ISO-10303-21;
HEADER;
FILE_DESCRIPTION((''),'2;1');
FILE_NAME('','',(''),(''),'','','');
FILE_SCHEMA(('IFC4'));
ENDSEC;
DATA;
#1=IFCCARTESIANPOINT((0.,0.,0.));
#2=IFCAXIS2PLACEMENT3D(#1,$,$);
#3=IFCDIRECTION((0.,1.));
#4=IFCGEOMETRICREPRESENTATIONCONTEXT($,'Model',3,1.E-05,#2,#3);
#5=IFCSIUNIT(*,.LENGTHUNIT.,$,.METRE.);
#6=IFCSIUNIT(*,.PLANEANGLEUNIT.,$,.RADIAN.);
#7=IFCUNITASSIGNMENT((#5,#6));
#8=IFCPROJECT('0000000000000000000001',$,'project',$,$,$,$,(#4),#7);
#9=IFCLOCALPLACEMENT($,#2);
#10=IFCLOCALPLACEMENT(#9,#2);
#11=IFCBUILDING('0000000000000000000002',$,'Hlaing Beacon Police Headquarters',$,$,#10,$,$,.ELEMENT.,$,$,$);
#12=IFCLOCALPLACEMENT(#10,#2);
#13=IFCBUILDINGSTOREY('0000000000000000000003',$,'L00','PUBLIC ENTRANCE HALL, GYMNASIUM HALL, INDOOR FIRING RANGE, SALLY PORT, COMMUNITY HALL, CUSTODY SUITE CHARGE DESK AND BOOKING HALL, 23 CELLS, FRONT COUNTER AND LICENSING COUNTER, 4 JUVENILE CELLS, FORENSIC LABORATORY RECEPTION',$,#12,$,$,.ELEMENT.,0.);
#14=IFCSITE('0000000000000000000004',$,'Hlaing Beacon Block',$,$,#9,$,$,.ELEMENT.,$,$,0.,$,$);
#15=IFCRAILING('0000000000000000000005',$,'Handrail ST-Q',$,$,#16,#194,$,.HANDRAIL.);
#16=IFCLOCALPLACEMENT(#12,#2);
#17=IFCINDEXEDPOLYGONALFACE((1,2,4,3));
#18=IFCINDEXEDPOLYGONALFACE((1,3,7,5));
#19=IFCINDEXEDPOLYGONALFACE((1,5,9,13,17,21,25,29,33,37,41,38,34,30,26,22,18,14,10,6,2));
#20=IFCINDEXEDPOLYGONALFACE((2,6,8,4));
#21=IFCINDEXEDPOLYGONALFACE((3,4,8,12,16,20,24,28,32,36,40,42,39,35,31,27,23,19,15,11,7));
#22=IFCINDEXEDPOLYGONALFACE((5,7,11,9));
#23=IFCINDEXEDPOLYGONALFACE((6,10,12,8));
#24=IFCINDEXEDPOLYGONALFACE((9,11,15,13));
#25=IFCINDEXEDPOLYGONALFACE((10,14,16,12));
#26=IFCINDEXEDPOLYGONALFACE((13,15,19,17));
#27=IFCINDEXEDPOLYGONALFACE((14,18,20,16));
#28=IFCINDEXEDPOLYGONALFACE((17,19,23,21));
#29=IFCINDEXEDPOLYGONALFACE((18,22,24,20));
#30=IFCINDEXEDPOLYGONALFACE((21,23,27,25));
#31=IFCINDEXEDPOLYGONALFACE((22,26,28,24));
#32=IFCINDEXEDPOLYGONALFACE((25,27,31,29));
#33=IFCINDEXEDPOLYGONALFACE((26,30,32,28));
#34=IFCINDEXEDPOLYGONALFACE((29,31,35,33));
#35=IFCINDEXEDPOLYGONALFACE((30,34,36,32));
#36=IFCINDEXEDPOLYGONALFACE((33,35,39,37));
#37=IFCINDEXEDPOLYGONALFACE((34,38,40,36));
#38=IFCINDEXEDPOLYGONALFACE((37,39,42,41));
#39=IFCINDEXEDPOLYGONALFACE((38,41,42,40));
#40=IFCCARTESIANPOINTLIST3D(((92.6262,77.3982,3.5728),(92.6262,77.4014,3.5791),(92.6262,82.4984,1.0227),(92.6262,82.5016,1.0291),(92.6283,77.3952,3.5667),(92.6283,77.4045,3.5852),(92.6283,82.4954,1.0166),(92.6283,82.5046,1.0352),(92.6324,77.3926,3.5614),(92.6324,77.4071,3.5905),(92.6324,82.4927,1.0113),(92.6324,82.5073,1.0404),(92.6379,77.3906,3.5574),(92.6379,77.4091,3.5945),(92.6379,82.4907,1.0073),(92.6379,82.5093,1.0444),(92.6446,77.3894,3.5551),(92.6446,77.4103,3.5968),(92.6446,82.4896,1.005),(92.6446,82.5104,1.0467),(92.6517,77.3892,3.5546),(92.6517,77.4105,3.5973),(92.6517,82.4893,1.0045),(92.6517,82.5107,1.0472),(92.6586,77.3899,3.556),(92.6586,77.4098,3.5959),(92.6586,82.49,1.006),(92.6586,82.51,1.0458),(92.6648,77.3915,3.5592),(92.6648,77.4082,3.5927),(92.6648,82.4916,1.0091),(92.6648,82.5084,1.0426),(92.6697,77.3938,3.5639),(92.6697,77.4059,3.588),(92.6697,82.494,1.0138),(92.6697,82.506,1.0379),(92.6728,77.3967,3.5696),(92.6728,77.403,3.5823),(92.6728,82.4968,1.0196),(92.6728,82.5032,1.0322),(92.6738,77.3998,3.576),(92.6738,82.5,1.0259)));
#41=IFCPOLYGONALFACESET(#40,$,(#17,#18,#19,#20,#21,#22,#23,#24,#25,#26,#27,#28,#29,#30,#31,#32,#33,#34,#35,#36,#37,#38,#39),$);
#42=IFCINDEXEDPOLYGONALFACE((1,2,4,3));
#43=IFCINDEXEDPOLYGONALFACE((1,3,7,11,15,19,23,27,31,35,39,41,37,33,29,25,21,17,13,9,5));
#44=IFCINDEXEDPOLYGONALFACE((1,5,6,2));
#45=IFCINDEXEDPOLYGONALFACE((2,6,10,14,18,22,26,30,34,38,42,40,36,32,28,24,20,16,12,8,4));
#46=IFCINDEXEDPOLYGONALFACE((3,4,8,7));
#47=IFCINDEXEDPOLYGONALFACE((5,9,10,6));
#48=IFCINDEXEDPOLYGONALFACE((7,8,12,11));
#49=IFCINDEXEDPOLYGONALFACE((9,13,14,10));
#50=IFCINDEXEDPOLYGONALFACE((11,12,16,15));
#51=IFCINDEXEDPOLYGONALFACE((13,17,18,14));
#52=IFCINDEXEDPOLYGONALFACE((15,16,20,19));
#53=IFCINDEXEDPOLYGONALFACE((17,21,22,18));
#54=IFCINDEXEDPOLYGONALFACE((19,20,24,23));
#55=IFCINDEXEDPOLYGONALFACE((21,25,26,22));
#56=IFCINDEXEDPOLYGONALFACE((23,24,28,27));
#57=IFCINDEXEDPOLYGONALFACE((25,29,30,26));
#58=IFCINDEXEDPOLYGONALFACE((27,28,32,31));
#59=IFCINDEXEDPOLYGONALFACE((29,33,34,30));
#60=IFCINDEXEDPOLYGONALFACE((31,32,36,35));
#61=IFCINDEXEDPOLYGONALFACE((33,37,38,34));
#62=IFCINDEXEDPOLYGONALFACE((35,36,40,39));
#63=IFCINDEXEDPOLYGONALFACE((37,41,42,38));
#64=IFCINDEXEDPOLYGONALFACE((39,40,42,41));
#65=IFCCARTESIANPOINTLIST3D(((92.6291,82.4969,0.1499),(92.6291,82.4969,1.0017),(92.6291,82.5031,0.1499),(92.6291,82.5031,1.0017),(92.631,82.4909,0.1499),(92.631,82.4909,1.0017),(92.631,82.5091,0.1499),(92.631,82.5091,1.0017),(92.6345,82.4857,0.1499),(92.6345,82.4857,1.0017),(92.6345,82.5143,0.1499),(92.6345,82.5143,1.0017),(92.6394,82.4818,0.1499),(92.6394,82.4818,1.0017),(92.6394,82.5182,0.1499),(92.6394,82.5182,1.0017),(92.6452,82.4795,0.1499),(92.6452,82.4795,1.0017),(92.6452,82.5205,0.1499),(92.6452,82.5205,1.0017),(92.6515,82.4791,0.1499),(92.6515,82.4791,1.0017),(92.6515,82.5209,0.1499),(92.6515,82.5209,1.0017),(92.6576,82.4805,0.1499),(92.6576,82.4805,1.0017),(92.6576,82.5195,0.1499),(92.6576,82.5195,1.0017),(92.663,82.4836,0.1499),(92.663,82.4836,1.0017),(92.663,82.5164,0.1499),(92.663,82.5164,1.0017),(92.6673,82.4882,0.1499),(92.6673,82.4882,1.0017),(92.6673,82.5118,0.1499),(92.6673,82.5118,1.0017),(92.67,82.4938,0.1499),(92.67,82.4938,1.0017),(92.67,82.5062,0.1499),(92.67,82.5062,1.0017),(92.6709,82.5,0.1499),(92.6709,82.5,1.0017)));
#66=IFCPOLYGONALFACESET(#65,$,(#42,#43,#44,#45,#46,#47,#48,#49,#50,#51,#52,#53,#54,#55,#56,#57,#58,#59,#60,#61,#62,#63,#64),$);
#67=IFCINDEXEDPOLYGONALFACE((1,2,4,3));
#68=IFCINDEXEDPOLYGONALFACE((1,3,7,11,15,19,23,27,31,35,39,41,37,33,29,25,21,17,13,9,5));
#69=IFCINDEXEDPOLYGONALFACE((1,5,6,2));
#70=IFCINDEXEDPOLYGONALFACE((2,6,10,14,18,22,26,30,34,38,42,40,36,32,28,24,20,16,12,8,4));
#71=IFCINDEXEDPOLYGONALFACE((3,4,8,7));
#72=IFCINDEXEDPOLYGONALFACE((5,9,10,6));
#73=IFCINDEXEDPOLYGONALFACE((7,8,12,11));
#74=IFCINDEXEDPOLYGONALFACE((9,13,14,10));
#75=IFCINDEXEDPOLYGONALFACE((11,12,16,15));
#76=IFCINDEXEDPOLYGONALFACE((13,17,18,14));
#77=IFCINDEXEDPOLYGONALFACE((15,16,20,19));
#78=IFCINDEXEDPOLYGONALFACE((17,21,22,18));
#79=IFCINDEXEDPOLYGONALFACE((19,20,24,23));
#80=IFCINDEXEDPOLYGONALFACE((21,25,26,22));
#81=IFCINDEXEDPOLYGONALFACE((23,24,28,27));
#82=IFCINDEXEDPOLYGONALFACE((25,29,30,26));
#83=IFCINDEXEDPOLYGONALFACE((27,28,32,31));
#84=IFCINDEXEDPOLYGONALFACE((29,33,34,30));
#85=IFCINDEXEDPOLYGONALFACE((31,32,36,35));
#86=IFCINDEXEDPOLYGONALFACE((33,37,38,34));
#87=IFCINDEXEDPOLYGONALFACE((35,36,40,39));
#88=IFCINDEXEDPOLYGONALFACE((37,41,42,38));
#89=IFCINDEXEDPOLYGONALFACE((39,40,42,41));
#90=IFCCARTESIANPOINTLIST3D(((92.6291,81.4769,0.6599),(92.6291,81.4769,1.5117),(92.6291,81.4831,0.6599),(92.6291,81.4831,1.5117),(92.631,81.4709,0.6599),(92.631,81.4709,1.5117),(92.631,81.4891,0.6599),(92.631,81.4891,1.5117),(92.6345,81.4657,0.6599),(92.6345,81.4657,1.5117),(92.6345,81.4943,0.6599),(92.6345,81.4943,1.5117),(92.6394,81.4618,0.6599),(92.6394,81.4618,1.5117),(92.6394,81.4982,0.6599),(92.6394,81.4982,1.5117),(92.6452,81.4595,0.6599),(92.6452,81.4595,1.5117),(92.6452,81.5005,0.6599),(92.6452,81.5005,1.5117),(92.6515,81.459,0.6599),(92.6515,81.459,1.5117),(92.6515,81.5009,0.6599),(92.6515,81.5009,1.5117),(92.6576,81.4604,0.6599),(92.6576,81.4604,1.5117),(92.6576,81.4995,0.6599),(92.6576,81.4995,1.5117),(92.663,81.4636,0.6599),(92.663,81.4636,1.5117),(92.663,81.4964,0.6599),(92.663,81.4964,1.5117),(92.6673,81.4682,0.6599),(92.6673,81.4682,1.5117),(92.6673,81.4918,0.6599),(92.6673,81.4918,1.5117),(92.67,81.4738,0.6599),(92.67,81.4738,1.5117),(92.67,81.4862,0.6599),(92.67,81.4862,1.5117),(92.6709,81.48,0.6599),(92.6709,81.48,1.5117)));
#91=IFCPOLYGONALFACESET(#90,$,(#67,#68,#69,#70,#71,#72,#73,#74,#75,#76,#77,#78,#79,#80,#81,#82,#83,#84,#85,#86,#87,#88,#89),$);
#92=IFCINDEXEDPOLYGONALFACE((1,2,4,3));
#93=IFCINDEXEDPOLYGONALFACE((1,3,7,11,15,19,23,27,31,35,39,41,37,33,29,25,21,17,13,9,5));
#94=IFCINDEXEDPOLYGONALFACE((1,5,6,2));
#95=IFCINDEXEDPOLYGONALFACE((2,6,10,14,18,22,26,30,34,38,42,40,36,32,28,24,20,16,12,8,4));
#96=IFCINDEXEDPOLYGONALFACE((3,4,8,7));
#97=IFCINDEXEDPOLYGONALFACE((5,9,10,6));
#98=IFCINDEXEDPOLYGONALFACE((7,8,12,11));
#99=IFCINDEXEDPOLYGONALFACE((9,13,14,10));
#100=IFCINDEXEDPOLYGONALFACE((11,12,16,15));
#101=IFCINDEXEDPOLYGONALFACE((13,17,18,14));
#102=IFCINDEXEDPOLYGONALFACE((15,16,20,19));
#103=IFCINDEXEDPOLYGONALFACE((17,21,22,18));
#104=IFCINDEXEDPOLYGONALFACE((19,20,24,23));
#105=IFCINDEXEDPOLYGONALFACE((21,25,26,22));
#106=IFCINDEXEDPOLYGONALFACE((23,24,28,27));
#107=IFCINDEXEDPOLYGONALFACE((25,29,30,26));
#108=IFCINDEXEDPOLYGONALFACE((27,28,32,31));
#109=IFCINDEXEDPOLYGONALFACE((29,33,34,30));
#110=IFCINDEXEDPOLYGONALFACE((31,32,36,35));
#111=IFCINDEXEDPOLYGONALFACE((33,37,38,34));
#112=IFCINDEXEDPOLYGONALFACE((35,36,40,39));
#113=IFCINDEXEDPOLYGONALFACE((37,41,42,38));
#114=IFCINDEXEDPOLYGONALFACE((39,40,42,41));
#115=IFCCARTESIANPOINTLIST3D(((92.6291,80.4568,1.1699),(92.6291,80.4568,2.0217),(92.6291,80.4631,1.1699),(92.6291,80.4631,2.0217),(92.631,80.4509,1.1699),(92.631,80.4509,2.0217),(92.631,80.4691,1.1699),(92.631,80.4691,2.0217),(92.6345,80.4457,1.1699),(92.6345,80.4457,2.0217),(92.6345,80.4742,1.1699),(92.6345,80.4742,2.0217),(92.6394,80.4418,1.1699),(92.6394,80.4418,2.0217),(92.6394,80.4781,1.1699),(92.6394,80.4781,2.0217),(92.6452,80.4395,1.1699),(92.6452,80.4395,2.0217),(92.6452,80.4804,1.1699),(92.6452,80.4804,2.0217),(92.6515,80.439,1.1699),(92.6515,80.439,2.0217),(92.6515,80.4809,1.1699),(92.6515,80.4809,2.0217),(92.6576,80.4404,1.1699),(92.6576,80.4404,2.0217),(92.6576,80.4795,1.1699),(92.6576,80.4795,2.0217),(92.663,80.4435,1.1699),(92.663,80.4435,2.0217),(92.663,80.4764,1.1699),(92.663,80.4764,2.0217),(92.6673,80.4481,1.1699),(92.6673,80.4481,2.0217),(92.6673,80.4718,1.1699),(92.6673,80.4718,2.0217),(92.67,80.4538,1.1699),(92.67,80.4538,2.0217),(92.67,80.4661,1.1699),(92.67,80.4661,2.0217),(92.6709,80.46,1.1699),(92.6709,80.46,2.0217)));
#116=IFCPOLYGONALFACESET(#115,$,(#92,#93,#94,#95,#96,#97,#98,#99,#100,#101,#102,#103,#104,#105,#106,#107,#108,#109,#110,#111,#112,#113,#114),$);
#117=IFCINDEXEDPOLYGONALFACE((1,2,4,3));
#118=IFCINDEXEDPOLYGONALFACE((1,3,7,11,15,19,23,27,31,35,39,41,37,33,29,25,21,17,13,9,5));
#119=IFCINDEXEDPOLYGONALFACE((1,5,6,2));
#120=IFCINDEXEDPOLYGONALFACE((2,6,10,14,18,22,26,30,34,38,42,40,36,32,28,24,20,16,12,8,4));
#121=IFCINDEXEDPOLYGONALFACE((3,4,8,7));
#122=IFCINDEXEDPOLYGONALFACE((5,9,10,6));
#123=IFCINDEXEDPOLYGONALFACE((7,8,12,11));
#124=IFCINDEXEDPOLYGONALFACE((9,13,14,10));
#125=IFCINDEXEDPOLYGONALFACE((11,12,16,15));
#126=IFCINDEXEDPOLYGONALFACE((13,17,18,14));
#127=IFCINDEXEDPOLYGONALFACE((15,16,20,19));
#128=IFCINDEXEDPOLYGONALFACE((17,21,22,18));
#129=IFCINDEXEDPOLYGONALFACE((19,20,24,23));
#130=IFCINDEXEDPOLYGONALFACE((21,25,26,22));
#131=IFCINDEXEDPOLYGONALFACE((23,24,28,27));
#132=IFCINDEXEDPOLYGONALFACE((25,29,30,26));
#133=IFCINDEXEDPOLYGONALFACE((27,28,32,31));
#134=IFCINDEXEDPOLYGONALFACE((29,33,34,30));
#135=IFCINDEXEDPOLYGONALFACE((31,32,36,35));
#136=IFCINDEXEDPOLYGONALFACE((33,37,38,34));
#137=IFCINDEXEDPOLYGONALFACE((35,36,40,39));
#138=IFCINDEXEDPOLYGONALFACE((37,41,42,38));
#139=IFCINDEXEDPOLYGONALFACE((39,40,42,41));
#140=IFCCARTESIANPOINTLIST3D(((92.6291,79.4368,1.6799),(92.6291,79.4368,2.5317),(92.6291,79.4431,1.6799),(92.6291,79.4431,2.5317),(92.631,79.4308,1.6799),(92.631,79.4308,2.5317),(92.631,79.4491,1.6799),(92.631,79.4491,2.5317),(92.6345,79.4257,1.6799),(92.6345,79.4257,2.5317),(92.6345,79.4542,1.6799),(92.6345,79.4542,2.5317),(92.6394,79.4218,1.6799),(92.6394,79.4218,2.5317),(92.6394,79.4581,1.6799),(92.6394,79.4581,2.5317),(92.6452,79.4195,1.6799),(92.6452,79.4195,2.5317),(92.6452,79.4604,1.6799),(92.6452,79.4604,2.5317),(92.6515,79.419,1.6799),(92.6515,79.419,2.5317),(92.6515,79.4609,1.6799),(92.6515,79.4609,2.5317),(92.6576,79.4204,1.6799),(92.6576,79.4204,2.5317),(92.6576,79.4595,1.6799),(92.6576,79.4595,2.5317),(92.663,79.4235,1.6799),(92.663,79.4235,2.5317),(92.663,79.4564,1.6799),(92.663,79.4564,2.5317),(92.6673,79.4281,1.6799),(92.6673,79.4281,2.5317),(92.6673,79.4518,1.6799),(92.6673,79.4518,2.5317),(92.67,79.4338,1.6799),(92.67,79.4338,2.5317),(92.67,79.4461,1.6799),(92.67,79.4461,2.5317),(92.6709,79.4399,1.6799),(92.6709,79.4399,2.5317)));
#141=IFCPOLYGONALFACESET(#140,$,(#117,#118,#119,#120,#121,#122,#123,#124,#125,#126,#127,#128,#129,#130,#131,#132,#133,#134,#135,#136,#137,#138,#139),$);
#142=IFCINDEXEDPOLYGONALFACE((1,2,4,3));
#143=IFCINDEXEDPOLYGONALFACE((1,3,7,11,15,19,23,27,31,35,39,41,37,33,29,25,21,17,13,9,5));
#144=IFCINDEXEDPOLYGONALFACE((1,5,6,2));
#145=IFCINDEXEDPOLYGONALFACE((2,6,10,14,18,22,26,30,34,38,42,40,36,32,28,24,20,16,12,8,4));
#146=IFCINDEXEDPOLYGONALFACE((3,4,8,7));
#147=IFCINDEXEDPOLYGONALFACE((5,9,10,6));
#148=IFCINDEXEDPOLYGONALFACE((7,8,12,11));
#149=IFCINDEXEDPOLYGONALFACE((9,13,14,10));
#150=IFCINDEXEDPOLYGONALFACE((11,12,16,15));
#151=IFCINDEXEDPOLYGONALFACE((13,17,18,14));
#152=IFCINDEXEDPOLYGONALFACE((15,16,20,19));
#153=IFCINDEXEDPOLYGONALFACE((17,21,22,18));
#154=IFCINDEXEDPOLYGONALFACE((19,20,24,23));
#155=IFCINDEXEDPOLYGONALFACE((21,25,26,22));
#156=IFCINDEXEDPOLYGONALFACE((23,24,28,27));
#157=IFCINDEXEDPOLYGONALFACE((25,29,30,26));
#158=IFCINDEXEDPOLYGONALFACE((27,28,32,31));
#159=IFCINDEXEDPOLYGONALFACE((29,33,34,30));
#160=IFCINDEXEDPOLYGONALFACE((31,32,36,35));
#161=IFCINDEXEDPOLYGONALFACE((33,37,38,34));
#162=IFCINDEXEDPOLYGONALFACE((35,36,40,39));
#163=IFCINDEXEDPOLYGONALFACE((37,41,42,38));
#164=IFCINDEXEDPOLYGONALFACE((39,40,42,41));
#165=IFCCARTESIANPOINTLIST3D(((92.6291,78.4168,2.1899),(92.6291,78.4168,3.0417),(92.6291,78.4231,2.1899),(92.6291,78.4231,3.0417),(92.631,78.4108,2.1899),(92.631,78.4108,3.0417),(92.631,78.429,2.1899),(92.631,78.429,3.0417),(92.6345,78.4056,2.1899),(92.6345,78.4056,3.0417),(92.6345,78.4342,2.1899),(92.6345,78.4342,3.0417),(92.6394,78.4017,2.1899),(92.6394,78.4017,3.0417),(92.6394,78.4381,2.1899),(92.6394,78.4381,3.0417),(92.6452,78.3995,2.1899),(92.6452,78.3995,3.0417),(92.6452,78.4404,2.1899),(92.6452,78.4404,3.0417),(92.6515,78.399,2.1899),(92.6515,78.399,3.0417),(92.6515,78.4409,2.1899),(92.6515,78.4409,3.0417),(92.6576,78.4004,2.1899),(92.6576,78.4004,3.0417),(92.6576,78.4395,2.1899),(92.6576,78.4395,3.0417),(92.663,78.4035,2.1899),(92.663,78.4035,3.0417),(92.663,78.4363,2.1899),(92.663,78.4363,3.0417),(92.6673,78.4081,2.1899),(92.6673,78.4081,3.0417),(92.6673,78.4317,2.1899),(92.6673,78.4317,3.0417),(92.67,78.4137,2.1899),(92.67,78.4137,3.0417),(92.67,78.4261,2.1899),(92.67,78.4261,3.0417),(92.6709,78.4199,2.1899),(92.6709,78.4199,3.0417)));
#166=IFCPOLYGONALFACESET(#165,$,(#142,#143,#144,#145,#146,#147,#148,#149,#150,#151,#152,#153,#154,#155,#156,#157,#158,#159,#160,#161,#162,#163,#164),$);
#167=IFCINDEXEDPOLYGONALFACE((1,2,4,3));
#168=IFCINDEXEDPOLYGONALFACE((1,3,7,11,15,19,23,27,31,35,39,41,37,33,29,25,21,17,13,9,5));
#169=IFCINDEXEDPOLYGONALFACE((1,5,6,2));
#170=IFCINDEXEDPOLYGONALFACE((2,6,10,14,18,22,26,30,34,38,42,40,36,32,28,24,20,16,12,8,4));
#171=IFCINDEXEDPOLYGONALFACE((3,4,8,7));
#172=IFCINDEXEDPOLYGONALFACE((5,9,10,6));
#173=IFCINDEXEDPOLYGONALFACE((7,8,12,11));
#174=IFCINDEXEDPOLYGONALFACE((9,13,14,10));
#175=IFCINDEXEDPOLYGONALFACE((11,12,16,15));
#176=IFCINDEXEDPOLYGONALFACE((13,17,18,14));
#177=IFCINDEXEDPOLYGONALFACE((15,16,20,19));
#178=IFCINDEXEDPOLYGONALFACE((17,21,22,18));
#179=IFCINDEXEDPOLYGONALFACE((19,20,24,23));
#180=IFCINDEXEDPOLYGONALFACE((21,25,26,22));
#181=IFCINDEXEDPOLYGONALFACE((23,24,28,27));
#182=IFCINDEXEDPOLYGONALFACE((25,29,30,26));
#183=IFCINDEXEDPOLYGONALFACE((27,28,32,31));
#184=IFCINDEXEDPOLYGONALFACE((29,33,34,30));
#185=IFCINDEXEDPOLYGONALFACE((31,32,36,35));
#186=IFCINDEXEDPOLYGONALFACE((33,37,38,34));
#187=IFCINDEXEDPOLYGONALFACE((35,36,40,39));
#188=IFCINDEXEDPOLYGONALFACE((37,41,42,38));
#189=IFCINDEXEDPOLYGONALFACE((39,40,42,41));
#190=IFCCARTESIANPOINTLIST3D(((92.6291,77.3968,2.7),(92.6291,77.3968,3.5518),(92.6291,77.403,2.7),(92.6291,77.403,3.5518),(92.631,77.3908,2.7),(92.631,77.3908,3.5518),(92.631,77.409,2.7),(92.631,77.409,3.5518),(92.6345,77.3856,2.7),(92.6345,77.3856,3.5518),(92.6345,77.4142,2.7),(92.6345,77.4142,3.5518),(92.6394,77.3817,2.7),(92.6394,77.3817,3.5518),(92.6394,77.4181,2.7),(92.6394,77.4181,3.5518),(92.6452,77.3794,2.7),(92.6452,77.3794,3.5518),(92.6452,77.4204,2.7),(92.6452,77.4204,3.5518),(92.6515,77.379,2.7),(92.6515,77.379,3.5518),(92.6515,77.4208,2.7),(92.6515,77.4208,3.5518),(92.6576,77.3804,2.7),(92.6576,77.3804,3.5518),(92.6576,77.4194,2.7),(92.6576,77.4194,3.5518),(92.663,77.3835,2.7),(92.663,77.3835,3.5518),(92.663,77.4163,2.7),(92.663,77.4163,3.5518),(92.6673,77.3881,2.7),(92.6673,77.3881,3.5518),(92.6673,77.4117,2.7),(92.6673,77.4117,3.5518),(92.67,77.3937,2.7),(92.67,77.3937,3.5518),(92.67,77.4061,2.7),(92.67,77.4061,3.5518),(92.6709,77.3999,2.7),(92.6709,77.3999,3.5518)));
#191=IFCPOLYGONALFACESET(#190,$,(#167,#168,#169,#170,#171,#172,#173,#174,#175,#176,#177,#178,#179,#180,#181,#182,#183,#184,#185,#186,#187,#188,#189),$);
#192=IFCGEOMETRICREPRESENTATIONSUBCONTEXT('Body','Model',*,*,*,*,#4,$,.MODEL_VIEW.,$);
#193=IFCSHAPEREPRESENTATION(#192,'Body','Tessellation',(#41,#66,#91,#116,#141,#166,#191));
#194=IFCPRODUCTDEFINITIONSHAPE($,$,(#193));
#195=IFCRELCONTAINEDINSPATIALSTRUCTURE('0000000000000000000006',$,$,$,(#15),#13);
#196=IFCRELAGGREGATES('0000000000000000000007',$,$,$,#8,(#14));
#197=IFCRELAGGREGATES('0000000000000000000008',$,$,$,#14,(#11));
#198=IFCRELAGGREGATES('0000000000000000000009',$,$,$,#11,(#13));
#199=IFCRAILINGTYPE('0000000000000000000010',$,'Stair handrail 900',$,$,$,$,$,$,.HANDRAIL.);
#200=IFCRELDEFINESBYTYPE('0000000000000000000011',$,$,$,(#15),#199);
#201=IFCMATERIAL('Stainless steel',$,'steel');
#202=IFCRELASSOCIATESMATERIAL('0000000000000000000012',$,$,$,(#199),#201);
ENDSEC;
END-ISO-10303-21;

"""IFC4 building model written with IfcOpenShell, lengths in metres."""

from ifc_helpers import new_model, si_unit, direction, frame, origin, origin_2d, place, context, subcontext, project, spatial, circle, extrude, material, type_object, element, save


model = new_model("IFC4")

# Units and contexts
model_context = context("Model", 3, precision=1e-05, world=origin(), true_north=direction((0.0, 1.0)))
body_context = subcontext(model_context, "Body", "Model", "MODEL_VIEW")
ifc_project = project(units=[si_unit("LENGTHUNIT", "METRE"), si_unit("PLANEANGLEUNIT", "RADIAN")], contexts=[model_context])

# Site, building, storey
site_placement = place(None, origin())
site = spatial("IfcSite", under=ifc_project, at=site_placement, Name="Hlaing Beacon Block", CompositionType="ELEMENT", RefElevation=0.0)
building_placement = place(site_placement, origin())
building = spatial("IfcBuilding", under=site, at=building_placement, Name="Hlaing Beacon Police Headquarters", CompositionType="ELEMENT")
storey_placement = place(building_placement, origin())
storey = spatial("IfcBuildingStorey", under=building, at=storey_placement, Name="L00", Description="PUBLIC ENTRANCE HALL, GYMNASIUM HALL, INDOOR FIRING RANGE, SALLY PORT, COMMUNITY HALL, CUSTODY SUITE CHARGE DESK AND BOOKING HALL, 23 CELLS, FRONT COUNTER AND LICENSING COUNTER, 4 JUVENILE CELLS, FORENSIC LABORATORY RECEPTION", CompositionType="ELEMENT", Elevation=0.0)

# Railing
ifc_material_1 = material(Name="Stainless steel", Category="steel")
railing_type_1 = type_object("IfcRailingType", Name="Stair handrail 900", PredefinedType="HANDRAIL", material=ifc_material_1)
for number, where, name in (
    (1, (92.6499, 82.5, 0.1499), "Handrail ST-Q"),
):
    element("IfcRailing", number, at=place(storey_placement, frame(where)), inside=storey, type_object=railing_type_1, Name=name, PredefinedType="HANDRAIL", context=body_context, shape_type="SweptSolid", body=[
        extrude(circle(Radius=0.0239, at=origin_2d()), frame((0.0, 0.0, 0.876), z_axis=(0.0, -0.894427, 0.447214), x_axis=(1.0, 0.0, 0.0)), (0.0, 0.0, 1.0), 5.7021),
        extrude(circle(Radius=0.021, at=origin_2d()), origin(), (0.0, 0.0, 1.0), 0.8518),
        extrude(circle(Radius=0.021, at=origin_2d()), frame((0.0, -1.02, 0.51)), (0.0, 0.0, 1.0), 0.8518),
        extrude(circle(Radius=0.021, at=origin_2d()), frame((0.0, -2.04, 1.02)), (0.0, 0.0, 1.0), 0.8518),
        extrude(circle(Radius=0.021, at=origin_2d()), frame((0.0, -3.0601, 1.53)), (0.0, 0.0, 1.0), 0.8518),
        extrude(circle(Radius=0.021, at=origin_2d()), frame((0.0, -4.0801, 2.04)), (0.0, 0.0, 1.0), 0.8518),
        extrude(circle(Radius=0.021, at=origin_2d()), frame((0.0, -5.1001, 2.55)), (0.0, 0.0, 1.0), 0.8518),
    ])

save(model, "model.ifc")
